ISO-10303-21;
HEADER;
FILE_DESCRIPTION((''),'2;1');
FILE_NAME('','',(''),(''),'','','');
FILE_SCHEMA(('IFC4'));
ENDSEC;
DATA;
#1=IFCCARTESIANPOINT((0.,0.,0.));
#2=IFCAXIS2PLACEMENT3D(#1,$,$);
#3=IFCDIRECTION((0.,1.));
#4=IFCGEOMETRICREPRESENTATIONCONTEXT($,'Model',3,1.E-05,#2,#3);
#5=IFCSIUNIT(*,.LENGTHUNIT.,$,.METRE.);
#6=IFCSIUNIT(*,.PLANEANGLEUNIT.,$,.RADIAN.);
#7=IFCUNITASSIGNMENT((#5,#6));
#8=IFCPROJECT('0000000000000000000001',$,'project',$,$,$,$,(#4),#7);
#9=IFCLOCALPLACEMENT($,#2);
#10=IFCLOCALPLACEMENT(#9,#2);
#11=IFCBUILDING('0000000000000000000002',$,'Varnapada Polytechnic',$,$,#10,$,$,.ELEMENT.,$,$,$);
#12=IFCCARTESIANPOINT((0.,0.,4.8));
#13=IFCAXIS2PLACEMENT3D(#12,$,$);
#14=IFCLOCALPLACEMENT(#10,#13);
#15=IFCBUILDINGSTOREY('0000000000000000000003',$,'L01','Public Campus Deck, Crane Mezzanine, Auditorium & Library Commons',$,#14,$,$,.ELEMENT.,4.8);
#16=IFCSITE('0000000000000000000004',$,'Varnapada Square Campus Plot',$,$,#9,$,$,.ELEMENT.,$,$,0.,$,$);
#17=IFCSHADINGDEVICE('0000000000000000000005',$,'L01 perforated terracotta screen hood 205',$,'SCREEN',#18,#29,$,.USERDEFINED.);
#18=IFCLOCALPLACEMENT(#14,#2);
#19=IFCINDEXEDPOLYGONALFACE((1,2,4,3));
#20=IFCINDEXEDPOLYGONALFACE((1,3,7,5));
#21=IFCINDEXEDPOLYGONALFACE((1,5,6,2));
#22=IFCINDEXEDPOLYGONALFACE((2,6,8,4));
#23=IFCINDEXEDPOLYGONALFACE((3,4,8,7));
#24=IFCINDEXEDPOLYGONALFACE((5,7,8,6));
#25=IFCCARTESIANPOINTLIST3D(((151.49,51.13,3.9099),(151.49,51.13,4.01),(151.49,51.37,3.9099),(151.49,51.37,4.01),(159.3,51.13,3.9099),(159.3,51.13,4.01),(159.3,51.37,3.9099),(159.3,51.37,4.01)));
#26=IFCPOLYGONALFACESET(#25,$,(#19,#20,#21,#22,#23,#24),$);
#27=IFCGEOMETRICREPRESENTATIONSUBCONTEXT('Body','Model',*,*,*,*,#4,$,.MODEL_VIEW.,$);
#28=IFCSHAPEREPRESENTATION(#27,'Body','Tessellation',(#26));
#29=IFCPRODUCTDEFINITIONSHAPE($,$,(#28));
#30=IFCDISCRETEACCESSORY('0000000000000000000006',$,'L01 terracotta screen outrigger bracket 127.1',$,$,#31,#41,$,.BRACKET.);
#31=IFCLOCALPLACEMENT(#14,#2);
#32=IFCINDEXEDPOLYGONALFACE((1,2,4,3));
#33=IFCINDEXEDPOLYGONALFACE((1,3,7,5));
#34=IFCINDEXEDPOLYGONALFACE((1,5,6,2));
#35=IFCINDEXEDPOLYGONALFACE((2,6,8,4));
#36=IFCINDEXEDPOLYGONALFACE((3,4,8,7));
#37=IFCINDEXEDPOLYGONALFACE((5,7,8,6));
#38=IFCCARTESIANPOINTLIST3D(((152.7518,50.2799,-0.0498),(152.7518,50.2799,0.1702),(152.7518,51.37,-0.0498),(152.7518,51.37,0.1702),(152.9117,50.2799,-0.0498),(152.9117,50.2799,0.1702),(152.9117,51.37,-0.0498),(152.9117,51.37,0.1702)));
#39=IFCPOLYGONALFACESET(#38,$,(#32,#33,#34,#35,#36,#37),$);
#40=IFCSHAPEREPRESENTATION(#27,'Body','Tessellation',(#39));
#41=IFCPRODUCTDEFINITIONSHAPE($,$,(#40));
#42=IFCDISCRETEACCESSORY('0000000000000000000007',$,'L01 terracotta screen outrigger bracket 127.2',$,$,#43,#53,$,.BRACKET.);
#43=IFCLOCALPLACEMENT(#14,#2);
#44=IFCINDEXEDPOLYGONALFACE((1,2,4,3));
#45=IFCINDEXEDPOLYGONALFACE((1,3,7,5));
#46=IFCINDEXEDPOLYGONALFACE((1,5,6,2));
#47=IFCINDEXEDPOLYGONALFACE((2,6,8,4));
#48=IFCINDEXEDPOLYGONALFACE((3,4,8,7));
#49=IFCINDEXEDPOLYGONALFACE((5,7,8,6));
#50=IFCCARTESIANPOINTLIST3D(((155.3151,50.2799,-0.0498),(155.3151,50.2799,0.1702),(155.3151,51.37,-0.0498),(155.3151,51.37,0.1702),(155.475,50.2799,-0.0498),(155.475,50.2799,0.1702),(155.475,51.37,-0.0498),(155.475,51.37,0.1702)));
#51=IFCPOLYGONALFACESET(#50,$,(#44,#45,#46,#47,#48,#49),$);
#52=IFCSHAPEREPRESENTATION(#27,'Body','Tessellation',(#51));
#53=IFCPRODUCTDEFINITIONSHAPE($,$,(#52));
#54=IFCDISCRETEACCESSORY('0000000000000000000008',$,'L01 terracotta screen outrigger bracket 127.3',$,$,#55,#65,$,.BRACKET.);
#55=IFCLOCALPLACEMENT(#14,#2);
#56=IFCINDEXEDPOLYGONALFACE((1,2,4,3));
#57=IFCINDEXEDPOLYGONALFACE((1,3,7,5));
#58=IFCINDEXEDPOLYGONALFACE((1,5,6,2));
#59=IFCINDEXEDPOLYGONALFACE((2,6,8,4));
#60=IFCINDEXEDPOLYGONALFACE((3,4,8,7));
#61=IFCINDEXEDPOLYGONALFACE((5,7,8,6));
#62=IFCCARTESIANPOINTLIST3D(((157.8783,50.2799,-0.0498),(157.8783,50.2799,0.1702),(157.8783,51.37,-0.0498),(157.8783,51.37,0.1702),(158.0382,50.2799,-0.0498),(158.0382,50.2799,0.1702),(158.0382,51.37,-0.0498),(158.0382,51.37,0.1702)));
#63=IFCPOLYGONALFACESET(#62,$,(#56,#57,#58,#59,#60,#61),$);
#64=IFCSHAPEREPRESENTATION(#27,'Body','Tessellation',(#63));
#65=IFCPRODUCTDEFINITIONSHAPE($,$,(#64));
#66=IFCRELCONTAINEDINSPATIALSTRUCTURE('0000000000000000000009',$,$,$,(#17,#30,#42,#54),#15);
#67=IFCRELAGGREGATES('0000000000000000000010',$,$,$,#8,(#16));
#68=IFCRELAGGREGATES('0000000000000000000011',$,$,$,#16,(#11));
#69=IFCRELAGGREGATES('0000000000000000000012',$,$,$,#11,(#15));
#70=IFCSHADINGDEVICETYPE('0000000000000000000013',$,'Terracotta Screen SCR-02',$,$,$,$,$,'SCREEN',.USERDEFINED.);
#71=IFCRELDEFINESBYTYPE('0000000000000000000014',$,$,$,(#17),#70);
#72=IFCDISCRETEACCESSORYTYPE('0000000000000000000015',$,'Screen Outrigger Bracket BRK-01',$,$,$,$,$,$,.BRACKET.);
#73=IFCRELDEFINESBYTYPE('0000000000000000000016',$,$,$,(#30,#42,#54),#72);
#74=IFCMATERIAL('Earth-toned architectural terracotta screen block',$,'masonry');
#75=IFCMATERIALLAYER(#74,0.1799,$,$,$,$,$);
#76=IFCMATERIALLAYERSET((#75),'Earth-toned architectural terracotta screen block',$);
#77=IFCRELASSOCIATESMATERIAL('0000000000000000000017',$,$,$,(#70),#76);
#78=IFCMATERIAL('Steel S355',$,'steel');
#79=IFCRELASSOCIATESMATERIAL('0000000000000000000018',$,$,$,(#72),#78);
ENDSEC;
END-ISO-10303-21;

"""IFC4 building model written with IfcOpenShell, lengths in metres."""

from ifc_helpers import new_model, si_unit, direction, frame, origin, origin_2d, place, context, subcontext, project, spatial, rectangle, extrude, material, layer, layer_set, type_object, element, save


model = new_model("IFC4")

# Units and contexts
model_context = context("Model", 3, precision=1e-05, world=origin(), true_north=direction((0.0, 1.0)))
body_context = subcontext(model_context, "Body", "Model", "MODEL_VIEW")
ifc_project = project(units=[si_unit("LENGTHUNIT", "METRE"), si_unit("PLANEANGLEUNIT", "RADIAN")], contexts=[model_context])

# Site, building, storey
site_placement = place(None, origin())
site = spatial("IfcSite", under=ifc_project, at=site_placement, Name="Varnapada Square Campus Plot", CompositionType="ELEMENT", RefElevation=0.0)
building_placement = place(site_placement, origin())
building = spatial("IfcBuilding", under=site, at=building_placement, Name="Varnapada Polytechnic", CompositionType="ELEMENT")
storey_placement = place(building_placement, frame((0.0, 0.0, 4.8)))
storey = spatial("IfcBuildingStorey", under=building, at=storey_placement, Name="L01", Description="Public Campus Deck, Crane Mezzanine, Auditorium & Library Commons", CompositionType="ELEMENT", Elevation=4.8)

# Shared definitions
ifc_material_1 = material(Name="Earth-toned architectural terracotta screen block", Category="masonry")

# Shading device
ifc_layer_1 = layer(ifc_material_1, 0.1799)
ifc_layer_set_1 = layer_set([ifc_layer_1], Name="Earth-toned architectural terracotta screen block")
shading_device_type_1 = type_object("IfcShadingDeviceType", Name="Terracotta Screen SCR-02", ElementType="SCREEN", PredefinedType="USERDEFINED", material=ifc_layer_set_1)
shading_device_1_placement = place(storey_placement, frame((155.395, 51.25, 3.9099), z_axis=(0.0, 0.0, 1.0), x_axis=(1.0, 0.0, 0.0)))
element("IfcShadingDevice", 1, at=shading_device_1_placement, inside=storey, type_object=shading_device_type_1, Name="L01 perforated terracotta screen hood 205", ObjectType="SCREEN", PredefinedType="USERDEFINED", context=body_context, shape_type="SweptSolid", body=[
    extrude(rectangle(XDim=7.8101, YDim=0.24, at=origin_2d()), origin(), (0.0, 0.0, 1.0), 0.1001),
])

# Discrete accessories
ifc_material_2 = material(Name="Steel S355", Category="steel")
discrete_accessory_type = type_object("IfcDiscreteAccessoryType", Name="Screen Outrigger Bracket BRK-01", PredefinedType="BRACKET", material=ifc_material_2)
for number, where, z_axis, x_axis, name in (
    (2, (152.8318, 50.825, -0.0498), (0.0, 0.0, 1.0), (1.0, 0.0, 0.0), "L01 terracotta screen outrigger bracket 127.1"),
    (3, (155.395, 50.825, -0.0498), (0.0, 0.0, 1.0), (1.0, 0.0, 0.0), "L01 terracotta screen outrigger bracket 127.2"),
    (4, (157.9583, 50.825, -0.0498), (0.0, 0.0, 1.0), (1.0, 0.0, 0.0), "L01 terracotta screen outrigger bracket 127.3"),
):
    element("IfcDiscreteAccessory", number, at=place(storey_placement, frame(where, z_axis=z_axis, x_axis=x_axis)), inside=storey, type_object=discrete_accessory_type, Name=name, PredefinedType="BRACKET", context=body_context, shape_type="SweptSolid", body=[
        extrude(rectangle(XDim=0.1599, YDim=1.0901, at=origin_2d()), origin(), (0.0, 0.0, 1.0), 0.22),
    ])

save(model, "model.ifc")
